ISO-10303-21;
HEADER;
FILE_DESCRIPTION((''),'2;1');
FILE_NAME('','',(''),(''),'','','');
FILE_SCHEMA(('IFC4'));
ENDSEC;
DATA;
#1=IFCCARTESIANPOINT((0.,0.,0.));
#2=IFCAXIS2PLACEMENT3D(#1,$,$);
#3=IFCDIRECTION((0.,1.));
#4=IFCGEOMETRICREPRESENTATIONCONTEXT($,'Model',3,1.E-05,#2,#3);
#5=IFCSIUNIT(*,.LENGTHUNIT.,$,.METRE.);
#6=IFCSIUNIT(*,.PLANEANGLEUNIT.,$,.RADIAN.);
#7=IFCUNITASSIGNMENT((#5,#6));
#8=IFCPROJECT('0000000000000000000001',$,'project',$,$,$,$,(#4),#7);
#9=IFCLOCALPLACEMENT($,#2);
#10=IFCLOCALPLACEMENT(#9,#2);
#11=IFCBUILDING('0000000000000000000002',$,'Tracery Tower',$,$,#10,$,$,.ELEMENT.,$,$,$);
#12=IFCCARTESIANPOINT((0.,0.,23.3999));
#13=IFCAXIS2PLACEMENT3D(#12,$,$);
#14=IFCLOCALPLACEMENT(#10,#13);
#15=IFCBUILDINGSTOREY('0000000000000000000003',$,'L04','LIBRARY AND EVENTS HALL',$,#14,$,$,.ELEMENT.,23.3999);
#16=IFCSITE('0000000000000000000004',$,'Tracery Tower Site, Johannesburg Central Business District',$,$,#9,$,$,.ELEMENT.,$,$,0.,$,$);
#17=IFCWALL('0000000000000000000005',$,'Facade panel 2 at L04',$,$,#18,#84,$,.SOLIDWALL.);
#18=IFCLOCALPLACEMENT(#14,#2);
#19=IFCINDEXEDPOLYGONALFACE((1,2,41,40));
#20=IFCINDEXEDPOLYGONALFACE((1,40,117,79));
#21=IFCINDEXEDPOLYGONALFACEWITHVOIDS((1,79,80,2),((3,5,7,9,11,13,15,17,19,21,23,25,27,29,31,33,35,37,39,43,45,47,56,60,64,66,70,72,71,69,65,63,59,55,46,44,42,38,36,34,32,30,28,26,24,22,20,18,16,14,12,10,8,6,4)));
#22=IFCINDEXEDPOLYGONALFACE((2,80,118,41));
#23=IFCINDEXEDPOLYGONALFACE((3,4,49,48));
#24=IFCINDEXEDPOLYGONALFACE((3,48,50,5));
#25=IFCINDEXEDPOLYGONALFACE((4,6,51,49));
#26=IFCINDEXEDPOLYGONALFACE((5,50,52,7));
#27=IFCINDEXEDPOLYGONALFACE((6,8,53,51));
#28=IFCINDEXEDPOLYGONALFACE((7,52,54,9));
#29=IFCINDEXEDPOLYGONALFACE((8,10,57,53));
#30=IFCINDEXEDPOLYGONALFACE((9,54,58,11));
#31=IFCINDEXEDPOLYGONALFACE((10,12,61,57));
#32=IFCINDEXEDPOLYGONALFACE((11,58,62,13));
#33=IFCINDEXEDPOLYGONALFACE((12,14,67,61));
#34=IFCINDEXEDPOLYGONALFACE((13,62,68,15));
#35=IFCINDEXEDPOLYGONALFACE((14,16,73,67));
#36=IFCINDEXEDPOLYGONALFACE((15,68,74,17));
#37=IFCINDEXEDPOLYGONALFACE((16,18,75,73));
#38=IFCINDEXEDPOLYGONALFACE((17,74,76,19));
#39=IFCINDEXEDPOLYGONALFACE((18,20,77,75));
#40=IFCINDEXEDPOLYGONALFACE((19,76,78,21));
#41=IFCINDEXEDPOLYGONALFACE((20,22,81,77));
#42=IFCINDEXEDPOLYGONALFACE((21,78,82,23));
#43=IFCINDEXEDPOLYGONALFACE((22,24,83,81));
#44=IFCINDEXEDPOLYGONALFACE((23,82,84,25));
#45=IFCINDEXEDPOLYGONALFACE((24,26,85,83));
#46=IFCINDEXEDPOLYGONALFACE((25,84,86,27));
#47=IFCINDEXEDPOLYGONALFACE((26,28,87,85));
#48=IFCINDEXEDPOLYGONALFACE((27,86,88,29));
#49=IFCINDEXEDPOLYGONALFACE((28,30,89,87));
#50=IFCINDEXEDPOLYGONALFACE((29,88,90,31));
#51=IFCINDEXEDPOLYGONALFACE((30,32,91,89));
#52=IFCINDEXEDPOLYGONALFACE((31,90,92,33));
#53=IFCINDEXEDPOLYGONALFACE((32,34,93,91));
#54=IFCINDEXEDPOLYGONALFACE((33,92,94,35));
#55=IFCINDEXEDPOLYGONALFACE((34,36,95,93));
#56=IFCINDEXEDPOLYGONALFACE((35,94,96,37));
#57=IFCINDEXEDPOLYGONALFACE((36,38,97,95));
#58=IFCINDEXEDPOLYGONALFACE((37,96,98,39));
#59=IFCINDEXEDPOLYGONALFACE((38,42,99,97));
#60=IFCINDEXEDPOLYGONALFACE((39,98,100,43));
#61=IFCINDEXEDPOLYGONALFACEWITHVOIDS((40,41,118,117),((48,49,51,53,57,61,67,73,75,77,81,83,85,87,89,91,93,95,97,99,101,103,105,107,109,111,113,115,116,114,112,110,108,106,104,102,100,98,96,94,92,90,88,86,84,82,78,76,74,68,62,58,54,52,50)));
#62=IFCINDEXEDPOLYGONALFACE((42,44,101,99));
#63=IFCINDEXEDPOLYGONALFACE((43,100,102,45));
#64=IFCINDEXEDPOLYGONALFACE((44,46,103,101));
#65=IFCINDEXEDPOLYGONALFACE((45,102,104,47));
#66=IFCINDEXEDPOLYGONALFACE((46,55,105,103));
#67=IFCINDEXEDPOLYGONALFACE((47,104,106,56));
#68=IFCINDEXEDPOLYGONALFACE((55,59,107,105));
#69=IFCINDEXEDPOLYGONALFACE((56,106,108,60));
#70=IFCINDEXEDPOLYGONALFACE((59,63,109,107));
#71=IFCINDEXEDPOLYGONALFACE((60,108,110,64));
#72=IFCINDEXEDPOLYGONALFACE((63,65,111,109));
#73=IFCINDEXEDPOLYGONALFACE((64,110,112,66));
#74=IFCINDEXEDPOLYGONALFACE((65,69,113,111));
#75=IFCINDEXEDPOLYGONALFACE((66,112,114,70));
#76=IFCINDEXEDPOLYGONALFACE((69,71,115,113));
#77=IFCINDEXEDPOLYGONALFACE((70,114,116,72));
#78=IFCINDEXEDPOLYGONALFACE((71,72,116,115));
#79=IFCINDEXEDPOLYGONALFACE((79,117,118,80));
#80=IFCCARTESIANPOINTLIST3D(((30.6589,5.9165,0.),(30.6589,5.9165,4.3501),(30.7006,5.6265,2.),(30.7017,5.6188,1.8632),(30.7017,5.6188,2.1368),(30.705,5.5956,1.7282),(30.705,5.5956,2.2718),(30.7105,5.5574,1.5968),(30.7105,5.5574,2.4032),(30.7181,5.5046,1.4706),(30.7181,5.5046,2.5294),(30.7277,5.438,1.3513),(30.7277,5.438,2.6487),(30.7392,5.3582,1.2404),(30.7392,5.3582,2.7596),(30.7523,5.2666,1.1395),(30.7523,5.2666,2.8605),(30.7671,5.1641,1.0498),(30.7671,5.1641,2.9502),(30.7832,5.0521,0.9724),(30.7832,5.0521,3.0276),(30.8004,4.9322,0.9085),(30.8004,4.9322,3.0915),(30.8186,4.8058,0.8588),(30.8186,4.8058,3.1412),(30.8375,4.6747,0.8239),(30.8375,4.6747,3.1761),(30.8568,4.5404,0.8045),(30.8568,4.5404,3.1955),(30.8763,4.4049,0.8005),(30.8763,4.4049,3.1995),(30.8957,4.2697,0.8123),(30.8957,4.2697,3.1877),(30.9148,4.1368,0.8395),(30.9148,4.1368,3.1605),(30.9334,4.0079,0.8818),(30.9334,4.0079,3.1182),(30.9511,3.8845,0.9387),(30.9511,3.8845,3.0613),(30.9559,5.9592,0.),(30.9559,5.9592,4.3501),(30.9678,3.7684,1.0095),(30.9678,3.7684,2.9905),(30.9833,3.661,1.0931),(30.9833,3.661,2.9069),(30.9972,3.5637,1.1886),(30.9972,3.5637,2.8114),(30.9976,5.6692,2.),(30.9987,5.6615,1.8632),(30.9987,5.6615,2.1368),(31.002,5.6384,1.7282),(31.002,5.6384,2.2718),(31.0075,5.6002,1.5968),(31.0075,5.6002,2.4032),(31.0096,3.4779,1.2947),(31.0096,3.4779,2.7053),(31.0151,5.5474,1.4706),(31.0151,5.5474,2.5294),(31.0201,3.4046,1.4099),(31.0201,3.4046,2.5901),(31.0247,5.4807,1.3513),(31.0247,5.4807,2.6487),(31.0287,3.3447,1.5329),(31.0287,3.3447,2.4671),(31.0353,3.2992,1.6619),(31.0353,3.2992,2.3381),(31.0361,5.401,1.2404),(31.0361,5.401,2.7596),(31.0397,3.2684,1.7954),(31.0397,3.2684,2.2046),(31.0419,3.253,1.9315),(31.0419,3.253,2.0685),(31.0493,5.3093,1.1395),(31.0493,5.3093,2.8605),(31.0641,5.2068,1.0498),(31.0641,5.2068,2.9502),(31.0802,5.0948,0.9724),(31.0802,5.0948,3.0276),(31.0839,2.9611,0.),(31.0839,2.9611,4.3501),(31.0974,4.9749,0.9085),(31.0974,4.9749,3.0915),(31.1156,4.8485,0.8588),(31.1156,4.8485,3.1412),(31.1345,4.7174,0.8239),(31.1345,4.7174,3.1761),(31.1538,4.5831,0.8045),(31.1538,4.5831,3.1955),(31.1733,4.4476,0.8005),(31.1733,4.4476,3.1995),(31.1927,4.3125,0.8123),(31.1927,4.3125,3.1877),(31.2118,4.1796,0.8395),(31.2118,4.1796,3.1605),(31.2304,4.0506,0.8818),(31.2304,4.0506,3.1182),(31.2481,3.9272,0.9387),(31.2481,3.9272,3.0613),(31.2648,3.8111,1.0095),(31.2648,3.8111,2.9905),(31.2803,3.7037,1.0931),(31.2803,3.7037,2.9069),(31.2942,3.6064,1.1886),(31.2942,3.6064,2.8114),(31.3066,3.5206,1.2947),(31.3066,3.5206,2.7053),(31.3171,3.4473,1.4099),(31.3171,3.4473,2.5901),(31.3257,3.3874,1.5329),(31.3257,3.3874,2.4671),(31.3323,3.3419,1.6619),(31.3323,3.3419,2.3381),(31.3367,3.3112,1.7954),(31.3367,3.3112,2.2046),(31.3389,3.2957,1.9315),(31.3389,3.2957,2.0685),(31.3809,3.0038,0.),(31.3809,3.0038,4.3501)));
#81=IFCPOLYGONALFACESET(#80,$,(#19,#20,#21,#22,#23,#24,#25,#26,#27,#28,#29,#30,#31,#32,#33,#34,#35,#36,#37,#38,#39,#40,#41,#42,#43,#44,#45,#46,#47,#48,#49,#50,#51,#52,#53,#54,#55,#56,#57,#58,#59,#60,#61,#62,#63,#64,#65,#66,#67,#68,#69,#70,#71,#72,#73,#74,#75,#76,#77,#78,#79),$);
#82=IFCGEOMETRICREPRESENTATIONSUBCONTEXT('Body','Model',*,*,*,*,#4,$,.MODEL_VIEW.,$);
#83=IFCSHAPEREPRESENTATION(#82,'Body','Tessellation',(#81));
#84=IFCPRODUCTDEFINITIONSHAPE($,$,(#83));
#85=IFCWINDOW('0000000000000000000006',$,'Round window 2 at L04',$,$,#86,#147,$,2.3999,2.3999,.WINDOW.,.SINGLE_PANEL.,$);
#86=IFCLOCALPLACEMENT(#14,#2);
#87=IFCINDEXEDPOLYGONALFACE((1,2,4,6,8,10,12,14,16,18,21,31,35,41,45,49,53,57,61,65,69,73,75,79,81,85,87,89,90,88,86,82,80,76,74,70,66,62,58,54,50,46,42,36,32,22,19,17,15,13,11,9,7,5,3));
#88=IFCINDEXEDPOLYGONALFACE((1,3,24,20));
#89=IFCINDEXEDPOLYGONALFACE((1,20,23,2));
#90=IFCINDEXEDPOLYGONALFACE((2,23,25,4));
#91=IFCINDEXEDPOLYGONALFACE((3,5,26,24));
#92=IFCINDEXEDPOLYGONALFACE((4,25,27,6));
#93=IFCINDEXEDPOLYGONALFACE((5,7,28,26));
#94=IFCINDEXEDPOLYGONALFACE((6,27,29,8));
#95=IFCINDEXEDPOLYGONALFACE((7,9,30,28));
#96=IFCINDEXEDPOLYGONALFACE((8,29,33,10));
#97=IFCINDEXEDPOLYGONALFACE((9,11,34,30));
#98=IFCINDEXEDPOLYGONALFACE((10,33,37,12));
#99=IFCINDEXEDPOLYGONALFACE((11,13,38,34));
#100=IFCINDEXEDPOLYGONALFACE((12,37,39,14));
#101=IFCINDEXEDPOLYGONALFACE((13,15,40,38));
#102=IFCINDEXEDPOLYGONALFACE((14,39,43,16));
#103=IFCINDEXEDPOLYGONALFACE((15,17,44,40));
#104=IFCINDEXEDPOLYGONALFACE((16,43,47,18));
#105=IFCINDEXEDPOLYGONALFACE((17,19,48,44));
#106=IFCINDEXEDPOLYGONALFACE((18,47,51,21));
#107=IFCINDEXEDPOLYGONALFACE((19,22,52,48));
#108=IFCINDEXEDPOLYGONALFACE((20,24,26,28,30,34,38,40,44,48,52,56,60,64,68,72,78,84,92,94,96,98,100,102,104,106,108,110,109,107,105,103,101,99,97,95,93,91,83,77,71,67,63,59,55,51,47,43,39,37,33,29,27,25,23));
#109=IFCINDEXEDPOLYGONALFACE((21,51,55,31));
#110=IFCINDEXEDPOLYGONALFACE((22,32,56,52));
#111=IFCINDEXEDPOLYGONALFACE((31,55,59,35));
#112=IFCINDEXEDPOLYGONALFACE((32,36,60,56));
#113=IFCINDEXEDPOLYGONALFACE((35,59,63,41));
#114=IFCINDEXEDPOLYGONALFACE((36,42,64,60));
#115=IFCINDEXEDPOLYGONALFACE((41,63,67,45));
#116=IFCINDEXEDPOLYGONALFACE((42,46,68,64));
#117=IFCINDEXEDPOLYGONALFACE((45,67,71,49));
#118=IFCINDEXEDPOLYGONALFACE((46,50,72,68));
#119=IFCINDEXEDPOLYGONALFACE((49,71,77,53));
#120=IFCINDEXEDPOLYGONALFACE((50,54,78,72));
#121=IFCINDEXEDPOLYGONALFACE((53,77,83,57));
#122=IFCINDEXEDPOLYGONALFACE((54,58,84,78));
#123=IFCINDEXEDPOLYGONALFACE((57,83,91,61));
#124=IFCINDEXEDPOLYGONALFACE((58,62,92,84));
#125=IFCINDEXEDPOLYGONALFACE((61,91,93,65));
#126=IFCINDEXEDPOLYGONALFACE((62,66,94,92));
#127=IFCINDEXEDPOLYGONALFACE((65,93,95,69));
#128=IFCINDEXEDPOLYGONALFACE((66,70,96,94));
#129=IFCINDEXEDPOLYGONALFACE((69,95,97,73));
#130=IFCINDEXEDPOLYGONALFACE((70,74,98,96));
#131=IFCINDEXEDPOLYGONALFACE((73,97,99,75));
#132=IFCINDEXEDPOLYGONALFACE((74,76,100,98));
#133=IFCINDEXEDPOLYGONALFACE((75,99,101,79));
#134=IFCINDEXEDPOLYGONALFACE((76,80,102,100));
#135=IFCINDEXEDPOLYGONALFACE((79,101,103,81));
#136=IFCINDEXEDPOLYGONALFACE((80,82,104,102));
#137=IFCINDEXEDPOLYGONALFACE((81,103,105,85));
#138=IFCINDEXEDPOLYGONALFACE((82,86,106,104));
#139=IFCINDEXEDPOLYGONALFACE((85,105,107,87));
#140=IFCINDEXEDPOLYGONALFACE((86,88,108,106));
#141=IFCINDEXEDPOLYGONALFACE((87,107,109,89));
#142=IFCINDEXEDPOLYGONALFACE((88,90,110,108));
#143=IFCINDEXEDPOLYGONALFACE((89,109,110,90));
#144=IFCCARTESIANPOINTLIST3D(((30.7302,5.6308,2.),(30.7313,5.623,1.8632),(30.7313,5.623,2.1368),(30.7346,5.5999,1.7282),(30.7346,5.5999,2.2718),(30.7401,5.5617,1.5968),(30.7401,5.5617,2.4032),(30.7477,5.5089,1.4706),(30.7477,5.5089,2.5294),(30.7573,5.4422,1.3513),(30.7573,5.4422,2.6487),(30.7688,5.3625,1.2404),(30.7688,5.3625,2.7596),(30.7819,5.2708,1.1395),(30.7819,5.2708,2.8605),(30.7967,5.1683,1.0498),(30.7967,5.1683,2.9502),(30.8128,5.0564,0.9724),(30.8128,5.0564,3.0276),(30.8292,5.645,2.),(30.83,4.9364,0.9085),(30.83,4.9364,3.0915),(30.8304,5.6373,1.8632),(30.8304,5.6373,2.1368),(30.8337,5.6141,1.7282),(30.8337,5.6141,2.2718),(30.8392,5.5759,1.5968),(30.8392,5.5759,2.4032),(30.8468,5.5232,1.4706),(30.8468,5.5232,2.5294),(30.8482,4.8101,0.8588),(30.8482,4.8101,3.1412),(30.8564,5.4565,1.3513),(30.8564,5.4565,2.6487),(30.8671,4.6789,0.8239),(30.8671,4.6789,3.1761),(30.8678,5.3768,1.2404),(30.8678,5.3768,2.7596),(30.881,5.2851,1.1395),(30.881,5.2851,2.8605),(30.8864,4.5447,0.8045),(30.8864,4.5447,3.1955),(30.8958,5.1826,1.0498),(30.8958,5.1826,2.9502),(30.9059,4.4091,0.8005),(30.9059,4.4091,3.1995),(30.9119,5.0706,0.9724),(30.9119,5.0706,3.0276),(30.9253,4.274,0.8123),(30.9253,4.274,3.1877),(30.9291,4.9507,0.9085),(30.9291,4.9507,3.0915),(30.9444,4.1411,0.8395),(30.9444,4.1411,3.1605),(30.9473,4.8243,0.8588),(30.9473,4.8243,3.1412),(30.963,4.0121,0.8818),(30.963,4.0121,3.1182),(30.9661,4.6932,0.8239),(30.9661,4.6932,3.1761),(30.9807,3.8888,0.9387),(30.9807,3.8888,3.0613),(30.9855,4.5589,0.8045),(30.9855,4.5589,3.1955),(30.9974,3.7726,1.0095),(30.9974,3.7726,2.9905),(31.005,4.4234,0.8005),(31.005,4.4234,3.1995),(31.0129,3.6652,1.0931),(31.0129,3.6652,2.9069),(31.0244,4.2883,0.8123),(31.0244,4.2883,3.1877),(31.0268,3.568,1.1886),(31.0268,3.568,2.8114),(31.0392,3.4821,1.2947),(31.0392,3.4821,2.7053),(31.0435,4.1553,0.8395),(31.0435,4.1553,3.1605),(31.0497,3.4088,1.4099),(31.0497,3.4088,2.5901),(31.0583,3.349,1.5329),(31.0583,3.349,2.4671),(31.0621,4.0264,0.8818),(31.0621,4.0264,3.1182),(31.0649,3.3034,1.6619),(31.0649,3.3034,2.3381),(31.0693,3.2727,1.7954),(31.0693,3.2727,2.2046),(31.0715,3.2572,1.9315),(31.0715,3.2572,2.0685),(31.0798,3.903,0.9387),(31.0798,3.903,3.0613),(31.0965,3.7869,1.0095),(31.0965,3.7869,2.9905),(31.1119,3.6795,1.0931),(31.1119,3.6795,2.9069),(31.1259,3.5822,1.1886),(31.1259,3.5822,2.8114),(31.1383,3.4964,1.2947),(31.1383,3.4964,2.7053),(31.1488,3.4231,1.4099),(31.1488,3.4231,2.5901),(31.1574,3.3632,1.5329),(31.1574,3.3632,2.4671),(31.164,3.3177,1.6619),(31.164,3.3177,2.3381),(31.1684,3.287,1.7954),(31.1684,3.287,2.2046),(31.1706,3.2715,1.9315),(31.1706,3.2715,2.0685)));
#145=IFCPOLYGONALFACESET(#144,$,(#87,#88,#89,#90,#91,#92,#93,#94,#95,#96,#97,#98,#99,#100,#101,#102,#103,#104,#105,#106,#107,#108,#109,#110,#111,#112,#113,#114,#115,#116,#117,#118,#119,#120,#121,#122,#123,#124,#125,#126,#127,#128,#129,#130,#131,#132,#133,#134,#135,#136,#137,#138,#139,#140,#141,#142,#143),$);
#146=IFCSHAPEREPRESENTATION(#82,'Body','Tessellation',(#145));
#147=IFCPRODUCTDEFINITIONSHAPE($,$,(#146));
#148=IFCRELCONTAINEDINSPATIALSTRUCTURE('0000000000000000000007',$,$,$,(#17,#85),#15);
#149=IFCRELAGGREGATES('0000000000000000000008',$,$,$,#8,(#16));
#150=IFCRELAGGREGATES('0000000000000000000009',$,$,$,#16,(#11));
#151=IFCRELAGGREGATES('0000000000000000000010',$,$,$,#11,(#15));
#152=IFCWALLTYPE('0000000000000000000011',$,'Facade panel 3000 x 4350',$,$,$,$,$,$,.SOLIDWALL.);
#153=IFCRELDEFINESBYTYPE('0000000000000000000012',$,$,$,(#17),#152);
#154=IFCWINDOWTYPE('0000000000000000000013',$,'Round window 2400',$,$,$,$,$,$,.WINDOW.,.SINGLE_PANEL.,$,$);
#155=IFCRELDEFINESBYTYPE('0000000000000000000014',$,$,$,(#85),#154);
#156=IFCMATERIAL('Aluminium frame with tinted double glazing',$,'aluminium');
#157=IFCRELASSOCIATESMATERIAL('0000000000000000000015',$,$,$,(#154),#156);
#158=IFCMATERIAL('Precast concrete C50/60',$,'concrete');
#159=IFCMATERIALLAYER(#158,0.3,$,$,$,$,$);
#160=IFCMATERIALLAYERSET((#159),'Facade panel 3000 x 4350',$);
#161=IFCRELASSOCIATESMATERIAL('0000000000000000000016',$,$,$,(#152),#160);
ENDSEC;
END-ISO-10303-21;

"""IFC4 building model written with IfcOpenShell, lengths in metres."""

from ifc_helpers import new_model, si_unit, direction, frame, frame_2d, origin, origin_2d, place, context, subcontext, project, spatial, rectangle, circle, extrude, material, layer, layer_set, type_object, element, fill, save


model = new_model("IFC4")

# Units and contexts
model_context = context("Model", 3, precision=1e-05, world=origin(), true_north=direction((0.0, 1.0)))
body_context = subcontext(model_context, "Body", "Model", "MODEL_VIEW")
ifc_project = project(units=[si_unit("LENGTHUNIT", "METRE"), si_unit("PLANEANGLEUNIT", "RADIAN")], contexts=[model_context])

# Site, building, storey
site_placement = place(None, origin())
site = spatial("IfcSite", under=ifc_project, at=site_placement, Name="Tracery Tower Site, Johannesburg Central Business District", CompositionType="ELEMENT", RefElevation=0.0)
building_placement = place(site_placement, origin())
building = spatial("IfcBuilding", under=site, at=building_placement, Name="Tracery Tower", CompositionType="ELEMENT")
storey_placement = place(building_placement, frame((0.0, 0.0, 23.3999)))
storey = spatial("IfcBuildingStorey", under=building, at=storey_placement, Name="L04", Description="LIBRARY AND EVENTS HALL", CompositionType="ELEMENT", Elevation=23.3999)

# Wall, opening, window
ifc_material_1 = material(Name="Aluminium frame with tinted double glazing", Category="aluminium")
window_type = type_object("IfcWindowType", Name="Round window 2400", PartitioningType="SINGLE_PANEL", PredefinedType="WINDOW", material=ifc_material_1)
ifc_material_2 = material(Name="Precast concrete C50/60", Category="concrete")
ifc_layer_1 = layer(ifc_material_2, 0.3)
ifc_layer_set_1 = layer_set([ifc_layer_1], Name="Facade panel 3000 x 4350")
wall_type_1 = type_object("IfcWallType", Name="Facade panel 3000 x 4350", PredefinedType="SOLIDWALL", material=ifc_layer_set_1)
wall_1_placement = place(storey_placement, frame((31.2324, 2.9824, 0.0), z_axis=(0.0, 0.0, 1.0), x_axis=(-0.14236, 0.989815, 0.0)))
wall_1 = element("IfcWall", 1, at=wall_1_placement, inside=storey, type_object=wall_type_1, Name="Facade panel 2 at L04", PredefinedType="SOLIDWALL", context=body_context, shape_type="SweptSolid", body=[
    extrude(rectangle(XDim=2.9858, YDim=0.3, at=frame_2d((1.4929, 0.0))), origin(), (0.0, 0.0, 1.0), 4.3501),
])
opening_1_placement = place(wall_1_placement, frame((1.4929, 0.0, 2.0)))
opening_1 = element("IfcOpeningElement", 2, at=opening_1_placement, cuts=wall_1, PredefinedType="OPENING", context=body_context, shape_type="SweptSolid", body=[
    extrude(circle(Radius=1.2, at=origin_2d()), frame((0.0, 0.1599, 0.0), z_axis=(0.0, -1.0, 0.0), x_axis=(1.0, 0.0, 0.0)), (0.0, 0.0, 1.0), 0.3201),
])
window_1_placement = place(opening_1_placement, origin())
window_1 = element("IfcWindow", 3, at=window_1_placement, inside=storey, type_object=window_type, Name="Round window 2 at L04", OverallHeight=2.3999, OverallWidth=2.3999, PartitioningType="SINGLE_PANEL", PredefinedType="WINDOW", context=body_context, shape_type="SweptSolid", body=[
    extrude(circle(Radius=1.2, at=origin_2d()), frame((0.0, 0.1201, 0.0), z_axis=(0.0, -1.0, 0.0), x_axis=(1.0, 0.0, 0.0)), (0.0, 0.0, 1.0), 0.1001),
])
fill(opening_1, window_1)

save(model, "model.ifc")
